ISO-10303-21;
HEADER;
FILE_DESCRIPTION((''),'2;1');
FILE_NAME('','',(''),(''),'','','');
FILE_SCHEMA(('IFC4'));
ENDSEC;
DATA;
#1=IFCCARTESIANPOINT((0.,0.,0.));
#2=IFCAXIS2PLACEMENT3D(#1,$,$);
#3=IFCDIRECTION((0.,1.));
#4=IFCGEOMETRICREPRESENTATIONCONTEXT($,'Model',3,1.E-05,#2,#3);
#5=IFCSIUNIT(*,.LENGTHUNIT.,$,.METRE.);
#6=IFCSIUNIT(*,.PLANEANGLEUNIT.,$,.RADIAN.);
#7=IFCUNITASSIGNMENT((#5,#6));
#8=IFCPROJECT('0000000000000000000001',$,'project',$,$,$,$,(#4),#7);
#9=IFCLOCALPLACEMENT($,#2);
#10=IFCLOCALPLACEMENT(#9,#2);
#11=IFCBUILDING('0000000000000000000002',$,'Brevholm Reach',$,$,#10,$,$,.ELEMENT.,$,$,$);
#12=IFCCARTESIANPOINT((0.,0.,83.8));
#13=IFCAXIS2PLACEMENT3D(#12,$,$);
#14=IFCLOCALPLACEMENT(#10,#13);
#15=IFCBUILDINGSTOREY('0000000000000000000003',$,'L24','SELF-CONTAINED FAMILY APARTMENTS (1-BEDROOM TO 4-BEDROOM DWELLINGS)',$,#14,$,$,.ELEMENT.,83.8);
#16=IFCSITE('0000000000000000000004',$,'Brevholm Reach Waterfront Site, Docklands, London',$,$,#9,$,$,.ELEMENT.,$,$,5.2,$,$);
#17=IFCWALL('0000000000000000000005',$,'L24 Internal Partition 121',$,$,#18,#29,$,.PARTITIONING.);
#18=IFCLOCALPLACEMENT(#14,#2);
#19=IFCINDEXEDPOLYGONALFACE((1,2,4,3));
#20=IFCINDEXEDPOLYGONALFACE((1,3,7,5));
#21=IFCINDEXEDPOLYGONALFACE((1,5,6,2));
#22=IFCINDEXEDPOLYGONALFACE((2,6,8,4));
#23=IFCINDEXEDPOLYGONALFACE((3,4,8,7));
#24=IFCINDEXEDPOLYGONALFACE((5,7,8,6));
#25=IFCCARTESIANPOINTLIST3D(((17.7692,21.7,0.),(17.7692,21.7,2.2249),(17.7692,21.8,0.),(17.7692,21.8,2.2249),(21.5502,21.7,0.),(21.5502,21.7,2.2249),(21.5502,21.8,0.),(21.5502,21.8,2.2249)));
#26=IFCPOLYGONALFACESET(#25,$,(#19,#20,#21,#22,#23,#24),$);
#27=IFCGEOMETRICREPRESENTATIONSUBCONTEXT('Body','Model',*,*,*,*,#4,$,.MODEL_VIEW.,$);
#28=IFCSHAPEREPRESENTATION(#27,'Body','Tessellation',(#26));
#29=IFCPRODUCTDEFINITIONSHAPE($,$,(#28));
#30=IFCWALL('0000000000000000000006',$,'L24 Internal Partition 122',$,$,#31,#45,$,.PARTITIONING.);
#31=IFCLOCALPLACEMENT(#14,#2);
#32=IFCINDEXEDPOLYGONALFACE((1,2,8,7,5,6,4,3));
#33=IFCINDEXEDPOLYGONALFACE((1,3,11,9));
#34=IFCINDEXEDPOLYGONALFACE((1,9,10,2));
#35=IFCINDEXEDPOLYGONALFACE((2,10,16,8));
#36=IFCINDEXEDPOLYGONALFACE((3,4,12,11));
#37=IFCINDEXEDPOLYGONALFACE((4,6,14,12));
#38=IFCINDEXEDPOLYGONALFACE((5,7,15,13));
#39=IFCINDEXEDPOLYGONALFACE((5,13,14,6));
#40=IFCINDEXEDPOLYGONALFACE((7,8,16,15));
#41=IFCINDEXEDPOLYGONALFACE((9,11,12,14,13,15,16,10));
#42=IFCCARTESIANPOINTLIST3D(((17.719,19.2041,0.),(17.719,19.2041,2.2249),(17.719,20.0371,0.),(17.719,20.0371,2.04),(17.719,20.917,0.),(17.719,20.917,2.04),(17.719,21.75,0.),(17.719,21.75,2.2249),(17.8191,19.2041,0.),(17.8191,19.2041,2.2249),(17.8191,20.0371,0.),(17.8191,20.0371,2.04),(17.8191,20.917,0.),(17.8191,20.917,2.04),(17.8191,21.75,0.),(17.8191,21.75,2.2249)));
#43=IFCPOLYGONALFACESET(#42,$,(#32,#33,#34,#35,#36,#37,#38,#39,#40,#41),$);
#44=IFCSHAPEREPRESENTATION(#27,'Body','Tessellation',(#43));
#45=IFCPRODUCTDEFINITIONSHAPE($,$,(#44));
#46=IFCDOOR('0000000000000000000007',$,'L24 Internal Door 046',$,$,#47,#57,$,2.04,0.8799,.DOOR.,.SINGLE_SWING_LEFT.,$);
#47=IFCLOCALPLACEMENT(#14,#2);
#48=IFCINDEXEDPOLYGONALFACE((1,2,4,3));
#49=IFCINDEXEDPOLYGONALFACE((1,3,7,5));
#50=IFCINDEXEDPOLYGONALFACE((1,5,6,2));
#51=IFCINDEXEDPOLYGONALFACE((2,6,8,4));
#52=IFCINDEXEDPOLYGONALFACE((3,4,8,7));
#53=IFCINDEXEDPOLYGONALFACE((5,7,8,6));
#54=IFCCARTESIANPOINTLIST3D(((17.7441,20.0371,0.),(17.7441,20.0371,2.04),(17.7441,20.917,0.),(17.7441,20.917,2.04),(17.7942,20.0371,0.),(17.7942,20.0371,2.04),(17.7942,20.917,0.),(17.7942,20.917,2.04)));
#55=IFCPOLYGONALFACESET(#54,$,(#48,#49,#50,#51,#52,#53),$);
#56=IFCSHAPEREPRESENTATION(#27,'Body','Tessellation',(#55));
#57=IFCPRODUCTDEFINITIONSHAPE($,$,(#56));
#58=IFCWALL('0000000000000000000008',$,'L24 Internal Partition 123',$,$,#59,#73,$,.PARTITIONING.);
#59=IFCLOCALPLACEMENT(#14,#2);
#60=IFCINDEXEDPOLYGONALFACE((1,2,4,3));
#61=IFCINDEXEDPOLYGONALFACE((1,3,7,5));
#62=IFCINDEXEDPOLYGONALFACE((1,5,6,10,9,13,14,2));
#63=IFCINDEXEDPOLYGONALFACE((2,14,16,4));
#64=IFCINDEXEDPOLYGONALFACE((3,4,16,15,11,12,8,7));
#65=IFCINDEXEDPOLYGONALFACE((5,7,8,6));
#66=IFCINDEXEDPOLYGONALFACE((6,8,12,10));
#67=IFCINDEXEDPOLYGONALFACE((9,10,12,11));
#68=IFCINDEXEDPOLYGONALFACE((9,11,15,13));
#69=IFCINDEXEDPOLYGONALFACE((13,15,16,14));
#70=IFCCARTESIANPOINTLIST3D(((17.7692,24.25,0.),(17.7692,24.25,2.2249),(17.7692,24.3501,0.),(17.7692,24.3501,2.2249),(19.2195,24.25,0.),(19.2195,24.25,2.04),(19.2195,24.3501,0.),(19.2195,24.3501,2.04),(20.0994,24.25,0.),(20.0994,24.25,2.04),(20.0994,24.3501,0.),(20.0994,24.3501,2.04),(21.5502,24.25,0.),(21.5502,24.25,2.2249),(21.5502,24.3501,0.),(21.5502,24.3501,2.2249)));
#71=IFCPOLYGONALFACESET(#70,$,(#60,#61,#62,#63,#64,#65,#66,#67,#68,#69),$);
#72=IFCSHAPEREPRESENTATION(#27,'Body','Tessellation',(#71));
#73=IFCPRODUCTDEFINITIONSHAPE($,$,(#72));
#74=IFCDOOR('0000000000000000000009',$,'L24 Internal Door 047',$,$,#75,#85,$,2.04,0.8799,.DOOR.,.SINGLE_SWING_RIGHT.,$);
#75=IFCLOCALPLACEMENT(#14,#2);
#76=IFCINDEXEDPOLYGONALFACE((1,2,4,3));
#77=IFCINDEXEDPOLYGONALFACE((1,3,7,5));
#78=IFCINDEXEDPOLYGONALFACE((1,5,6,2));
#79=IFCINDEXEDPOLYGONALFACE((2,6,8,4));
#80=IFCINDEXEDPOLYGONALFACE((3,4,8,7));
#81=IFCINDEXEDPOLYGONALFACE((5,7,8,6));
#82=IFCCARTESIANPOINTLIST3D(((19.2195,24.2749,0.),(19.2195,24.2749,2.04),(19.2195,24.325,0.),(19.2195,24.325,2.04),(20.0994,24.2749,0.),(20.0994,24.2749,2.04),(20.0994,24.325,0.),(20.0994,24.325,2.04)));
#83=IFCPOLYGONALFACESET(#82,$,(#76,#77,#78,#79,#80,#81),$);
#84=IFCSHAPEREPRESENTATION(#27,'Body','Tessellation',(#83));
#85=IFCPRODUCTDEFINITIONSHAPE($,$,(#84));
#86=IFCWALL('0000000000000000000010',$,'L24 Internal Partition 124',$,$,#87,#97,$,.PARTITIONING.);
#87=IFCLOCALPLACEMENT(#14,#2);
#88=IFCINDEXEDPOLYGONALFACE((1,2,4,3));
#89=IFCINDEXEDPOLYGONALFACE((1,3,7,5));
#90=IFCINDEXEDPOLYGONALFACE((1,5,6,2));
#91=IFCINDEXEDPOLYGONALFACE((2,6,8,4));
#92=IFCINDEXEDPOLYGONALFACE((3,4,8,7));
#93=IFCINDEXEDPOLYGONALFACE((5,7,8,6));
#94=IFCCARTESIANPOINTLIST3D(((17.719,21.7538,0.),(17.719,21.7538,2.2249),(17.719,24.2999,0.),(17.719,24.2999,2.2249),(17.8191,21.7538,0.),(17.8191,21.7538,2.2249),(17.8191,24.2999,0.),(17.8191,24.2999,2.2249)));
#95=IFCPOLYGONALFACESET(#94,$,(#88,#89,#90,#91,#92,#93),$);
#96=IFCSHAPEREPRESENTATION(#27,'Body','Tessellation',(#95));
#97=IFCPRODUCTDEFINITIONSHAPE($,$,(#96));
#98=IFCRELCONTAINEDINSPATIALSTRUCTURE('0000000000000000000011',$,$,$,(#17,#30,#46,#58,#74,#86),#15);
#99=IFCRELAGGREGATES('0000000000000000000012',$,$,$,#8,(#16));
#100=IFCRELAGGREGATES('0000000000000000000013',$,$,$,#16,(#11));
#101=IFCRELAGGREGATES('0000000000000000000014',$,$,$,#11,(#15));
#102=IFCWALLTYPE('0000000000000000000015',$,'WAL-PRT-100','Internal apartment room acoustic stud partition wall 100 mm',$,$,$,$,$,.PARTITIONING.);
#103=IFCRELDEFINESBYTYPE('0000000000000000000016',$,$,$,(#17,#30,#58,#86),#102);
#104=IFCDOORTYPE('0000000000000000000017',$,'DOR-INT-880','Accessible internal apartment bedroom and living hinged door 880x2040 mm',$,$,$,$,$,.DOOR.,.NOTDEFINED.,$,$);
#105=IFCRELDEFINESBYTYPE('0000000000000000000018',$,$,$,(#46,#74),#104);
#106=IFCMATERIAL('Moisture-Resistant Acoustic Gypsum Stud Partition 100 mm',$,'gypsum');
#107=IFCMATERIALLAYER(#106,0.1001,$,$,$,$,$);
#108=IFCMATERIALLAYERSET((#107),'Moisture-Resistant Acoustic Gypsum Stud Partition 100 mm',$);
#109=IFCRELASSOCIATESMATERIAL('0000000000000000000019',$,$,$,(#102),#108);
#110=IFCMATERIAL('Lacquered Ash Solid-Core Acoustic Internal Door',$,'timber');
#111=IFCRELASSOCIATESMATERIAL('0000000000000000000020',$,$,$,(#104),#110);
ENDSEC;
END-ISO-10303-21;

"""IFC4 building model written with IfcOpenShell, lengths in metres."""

from ifc_helpers import new_model, si_unit, direction, frame, frame_2d, origin, place, context, subcontext, project, spatial, rectangle, extrude, material, layer, layer_set, type_object, element, fill, save


model = new_model("IFC4")

# Units and contexts
model_context = context("Model", 3, precision=1e-05, world=origin(), true_north=direction((0.0, 1.0)))
body_context = subcontext(model_context, "Body", "Model", "MODEL_VIEW")
ifc_project = project(units=[si_unit("LENGTHUNIT", "METRE"), si_unit("PLANEANGLEUNIT", "RADIAN")], contexts=[model_context])

# Site, building, storey
site_placement = place(None, origin())
site = spatial("IfcSite", under=ifc_project, at=site_placement, Name="Brevholm Reach Waterfront Site, Docklands, London", CompositionType="ELEMENT", RefElevation=5.2)
building_placement = place(site_placement, origin())
building = spatial("IfcBuilding", under=site, at=building_placement, Name="Brevholm Reach", CompositionType="ELEMENT")
storey_placement = place(building_placement, frame((0.0, 0.0, 83.8)))
storey = spatial("IfcBuildingStorey", under=building, at=storey_placement, Name="L24", Description="SELF-CONTAINED FAMILY APARTMENTS (1-BEDROOM TO 4-BEDROOM DWELLINGS)", CompositionType="ELEMENT", Elevation=83.8)

# Wall
ifc_material_1 = material(Name="Moisture-Resistant Acoustic Gypsum Stud Partition 100 mm", Category="gypsum")
ifc_layer_1 = layer(ifc_material_1, 0.1001)
ifc_layer_set_1 = layer_set([ifc_layer_1], Name="Moisture-Resistant Acoustic Gypsum Stud Partition 100 mm")
wall_type_1 = type_object("IfcWallType", Name="WAL-PRT-100", Description="Internal apartment room acoustic stud partition wall 100 mm", PredefinedType="PARTITIONING", material=ifc_layer_set_1)
for number, where, z_axis, x_axis, name in (
    (1, (17.769, 21.75, 0.0), (0.0, 0.0, 1.0), (1.0, 0.0, 0.0), "L24 Internal Partition 121"),
):
    element("IfcWall", number, at=place(storey_placement, frame(where, z_axis=z_axis, x_axis=x_axis)), inside=storey, type_object=wall_type_1, Name=name, PredefinedType="PARTITIONING", context=body_context, shape_type="SweptSolid", body=[
        extrude(rectangle(XDim=3.781, YDim=0.1001, at=frame_2d((1.8906, 0.0))), origin(), (0.0, 0.0, 1.0), 2.2249),
    ])

# Walls, openings, doors
wall_1_placement = place(storey_placement, frame((17.769, 19.2041, 0.0), z_axis=(0.0, 0.0, 1.0), x_axis=(0.0, 1.0, 0.0)))
wall_1 = element("IfcWall", 2, at=wall_1_placement, inside=storey, type_object=wall_type_1, Name="L24 Internal Partition 122", PredefinedType="PARTITIONING", context=body_context, shape_type="SweptSolid", body=[
    extrude(rectangle(XDim=2.5459, YDim=0.1001, at=frame_2d((1.2729, 0.0))), origin(), (0.0, 0.0, 1.0), 2.2249),
])
opening_1_placement = place(wall_1_placement, frame((0.833, 0.0, 0.0)))
opening_1 = element("IfcOpeningElement", 3, at=opening_1_placement, cuts=wall_1, PredefinedType="OPENING", context=body_context, shape_type="SweptSolid", body=[
    extrude(rectangle(XDim=0.8799, YDim=2.04, at=frame_2d((0.4399, 1.02))), frame((0.0, 0.0601, 0.0), z_axis=(0.0, -1.0, 0.0), x_axis=(1.0, 0.0, 0.0)), (0.0, 0.0, 1.0), 0.1201),
])
ifc_material_2 = material(Name="Lacquered Ash Solid-Core Acoustic Internal Door", Category="timber")
door_type = type_object("IfcDoorType", Name="DOR-INT-880", Description="Accessible internal apartment bedroom and living hinged door 880x2040 mm", OperationType="NOTDEFINED", PredefinedType="DOOR", material=ifc_material_2)
door_1_placement = place(opening_1_placement, origin())
door_1 = element("IfcDoor", 4, at=door_1_placement, inside=storey, type_object=door_type, Name="L24 Internal Door 046", OperationType="SINGLE_SWING_LEFT", OverallHeight=2.04, OverallWidth=0.8799, PredefinedType="DOOR", context=body_context, shape_type="SweptSolid", body=[
    extrude(rectangle(XDim=0.8799, YDim=2.04, at=frame_2d((0.4399, 1.02))), frame((0.0, 0.0249, 0.0), z_axis=(0.0, -1.0, 0.0), x_axis=(1.0, 0.0, 0.0)), (0.0, 0.0, 1.0), 0.05),
])
fill(opening_1, door_1)
wall_2_placement = place(storey_placement, frame((17.769, 24.3, 0.0), z_axis=(0.0, 0.0, 1.0), x_axis=(1.0, 0.0, 0.0)))
wall_2 = element("IfcWall", 5, at=wall_2_placement, inside=storey, type_object=wall_type_1, Name="L24 Internal Partition 123", PredefinedType="PARTITIONING", context=body_context, shape_type="SweptSolid", body=[
    extrude(rectangle(XDim=3.781, YDim=0.1001, at=frame_2d((1.8906, 0.0))), origin(), (0.0, 0.0, 1.0), 2.2249),
])
opening_2_placement = place(wall_2_placement, frame((1.4504, 0.0, 0.0)))
opening_2 = element("IfcOpeningElement", 6, at=opening_2_placement, cuts=wall_2, PredefinedType="OPENING", context=body_context, shape_type="SweptSolid", body=[
    extrude(rectangle(XDim=0.8799, YDim=2.04, at=frame_2d((0.4399, 1.02))), frame((0.0, 0.0601, 0.0), z_axis=(0.0, -1.0, 0.0), x_axis=(1.0, 0.0, 0.0)), (0.0, 0.0, 1.0), 0.1201),
])
door_2_placement = place(opening_2_placement, origin())
door_2 = element("IfcDoor", 7, at=door_2_placement, inside=storey, type_object=door_type, Name="L24 Internal Door 047", OperationType="SINGLE_SWING_RIGHT", OverallHeight=2.04, OverallWidth=0.8799, PredefinedType="DOOR", context=body_context, shape_type="SweptSolid", body=[
    extrude(rectangle(XDim=0.8799, YDim=2.04, at=frame_2d((0.4399, 1.02))), frame((0.0, 0.0249, 0.0), z_axis=(0.0, -1.0, 0.0), x_axis=(1.0, 0.0, 0.0)), (0.0, 0.0, 1.0), 0.05),
])
fill(opening_2, door_2)

# Wall
wall_3_placement = place(storey_placement, frame((17.769, 21.7539, 0.0), z_axis=(0.0, 0.0, 1.0), x_axis=(0.0, 1.0, 0.0)))
element("IfcWall", 8, at=wall_3_placement, inside=storey, type_object=wall_type_1, Name="L24 Internal Partition 124", PredefinedType="PARTITIONING", context=body_context, shape_type="SweptSolid", body=[
    extrude(rectangle(XDim=2.5461, YDim=0.1001, at=frame_2d((1.2729, 0.0))), origin(), (0.0, 0.0, 1.0), 2.2249),
])

save(model, "model.ifc")
